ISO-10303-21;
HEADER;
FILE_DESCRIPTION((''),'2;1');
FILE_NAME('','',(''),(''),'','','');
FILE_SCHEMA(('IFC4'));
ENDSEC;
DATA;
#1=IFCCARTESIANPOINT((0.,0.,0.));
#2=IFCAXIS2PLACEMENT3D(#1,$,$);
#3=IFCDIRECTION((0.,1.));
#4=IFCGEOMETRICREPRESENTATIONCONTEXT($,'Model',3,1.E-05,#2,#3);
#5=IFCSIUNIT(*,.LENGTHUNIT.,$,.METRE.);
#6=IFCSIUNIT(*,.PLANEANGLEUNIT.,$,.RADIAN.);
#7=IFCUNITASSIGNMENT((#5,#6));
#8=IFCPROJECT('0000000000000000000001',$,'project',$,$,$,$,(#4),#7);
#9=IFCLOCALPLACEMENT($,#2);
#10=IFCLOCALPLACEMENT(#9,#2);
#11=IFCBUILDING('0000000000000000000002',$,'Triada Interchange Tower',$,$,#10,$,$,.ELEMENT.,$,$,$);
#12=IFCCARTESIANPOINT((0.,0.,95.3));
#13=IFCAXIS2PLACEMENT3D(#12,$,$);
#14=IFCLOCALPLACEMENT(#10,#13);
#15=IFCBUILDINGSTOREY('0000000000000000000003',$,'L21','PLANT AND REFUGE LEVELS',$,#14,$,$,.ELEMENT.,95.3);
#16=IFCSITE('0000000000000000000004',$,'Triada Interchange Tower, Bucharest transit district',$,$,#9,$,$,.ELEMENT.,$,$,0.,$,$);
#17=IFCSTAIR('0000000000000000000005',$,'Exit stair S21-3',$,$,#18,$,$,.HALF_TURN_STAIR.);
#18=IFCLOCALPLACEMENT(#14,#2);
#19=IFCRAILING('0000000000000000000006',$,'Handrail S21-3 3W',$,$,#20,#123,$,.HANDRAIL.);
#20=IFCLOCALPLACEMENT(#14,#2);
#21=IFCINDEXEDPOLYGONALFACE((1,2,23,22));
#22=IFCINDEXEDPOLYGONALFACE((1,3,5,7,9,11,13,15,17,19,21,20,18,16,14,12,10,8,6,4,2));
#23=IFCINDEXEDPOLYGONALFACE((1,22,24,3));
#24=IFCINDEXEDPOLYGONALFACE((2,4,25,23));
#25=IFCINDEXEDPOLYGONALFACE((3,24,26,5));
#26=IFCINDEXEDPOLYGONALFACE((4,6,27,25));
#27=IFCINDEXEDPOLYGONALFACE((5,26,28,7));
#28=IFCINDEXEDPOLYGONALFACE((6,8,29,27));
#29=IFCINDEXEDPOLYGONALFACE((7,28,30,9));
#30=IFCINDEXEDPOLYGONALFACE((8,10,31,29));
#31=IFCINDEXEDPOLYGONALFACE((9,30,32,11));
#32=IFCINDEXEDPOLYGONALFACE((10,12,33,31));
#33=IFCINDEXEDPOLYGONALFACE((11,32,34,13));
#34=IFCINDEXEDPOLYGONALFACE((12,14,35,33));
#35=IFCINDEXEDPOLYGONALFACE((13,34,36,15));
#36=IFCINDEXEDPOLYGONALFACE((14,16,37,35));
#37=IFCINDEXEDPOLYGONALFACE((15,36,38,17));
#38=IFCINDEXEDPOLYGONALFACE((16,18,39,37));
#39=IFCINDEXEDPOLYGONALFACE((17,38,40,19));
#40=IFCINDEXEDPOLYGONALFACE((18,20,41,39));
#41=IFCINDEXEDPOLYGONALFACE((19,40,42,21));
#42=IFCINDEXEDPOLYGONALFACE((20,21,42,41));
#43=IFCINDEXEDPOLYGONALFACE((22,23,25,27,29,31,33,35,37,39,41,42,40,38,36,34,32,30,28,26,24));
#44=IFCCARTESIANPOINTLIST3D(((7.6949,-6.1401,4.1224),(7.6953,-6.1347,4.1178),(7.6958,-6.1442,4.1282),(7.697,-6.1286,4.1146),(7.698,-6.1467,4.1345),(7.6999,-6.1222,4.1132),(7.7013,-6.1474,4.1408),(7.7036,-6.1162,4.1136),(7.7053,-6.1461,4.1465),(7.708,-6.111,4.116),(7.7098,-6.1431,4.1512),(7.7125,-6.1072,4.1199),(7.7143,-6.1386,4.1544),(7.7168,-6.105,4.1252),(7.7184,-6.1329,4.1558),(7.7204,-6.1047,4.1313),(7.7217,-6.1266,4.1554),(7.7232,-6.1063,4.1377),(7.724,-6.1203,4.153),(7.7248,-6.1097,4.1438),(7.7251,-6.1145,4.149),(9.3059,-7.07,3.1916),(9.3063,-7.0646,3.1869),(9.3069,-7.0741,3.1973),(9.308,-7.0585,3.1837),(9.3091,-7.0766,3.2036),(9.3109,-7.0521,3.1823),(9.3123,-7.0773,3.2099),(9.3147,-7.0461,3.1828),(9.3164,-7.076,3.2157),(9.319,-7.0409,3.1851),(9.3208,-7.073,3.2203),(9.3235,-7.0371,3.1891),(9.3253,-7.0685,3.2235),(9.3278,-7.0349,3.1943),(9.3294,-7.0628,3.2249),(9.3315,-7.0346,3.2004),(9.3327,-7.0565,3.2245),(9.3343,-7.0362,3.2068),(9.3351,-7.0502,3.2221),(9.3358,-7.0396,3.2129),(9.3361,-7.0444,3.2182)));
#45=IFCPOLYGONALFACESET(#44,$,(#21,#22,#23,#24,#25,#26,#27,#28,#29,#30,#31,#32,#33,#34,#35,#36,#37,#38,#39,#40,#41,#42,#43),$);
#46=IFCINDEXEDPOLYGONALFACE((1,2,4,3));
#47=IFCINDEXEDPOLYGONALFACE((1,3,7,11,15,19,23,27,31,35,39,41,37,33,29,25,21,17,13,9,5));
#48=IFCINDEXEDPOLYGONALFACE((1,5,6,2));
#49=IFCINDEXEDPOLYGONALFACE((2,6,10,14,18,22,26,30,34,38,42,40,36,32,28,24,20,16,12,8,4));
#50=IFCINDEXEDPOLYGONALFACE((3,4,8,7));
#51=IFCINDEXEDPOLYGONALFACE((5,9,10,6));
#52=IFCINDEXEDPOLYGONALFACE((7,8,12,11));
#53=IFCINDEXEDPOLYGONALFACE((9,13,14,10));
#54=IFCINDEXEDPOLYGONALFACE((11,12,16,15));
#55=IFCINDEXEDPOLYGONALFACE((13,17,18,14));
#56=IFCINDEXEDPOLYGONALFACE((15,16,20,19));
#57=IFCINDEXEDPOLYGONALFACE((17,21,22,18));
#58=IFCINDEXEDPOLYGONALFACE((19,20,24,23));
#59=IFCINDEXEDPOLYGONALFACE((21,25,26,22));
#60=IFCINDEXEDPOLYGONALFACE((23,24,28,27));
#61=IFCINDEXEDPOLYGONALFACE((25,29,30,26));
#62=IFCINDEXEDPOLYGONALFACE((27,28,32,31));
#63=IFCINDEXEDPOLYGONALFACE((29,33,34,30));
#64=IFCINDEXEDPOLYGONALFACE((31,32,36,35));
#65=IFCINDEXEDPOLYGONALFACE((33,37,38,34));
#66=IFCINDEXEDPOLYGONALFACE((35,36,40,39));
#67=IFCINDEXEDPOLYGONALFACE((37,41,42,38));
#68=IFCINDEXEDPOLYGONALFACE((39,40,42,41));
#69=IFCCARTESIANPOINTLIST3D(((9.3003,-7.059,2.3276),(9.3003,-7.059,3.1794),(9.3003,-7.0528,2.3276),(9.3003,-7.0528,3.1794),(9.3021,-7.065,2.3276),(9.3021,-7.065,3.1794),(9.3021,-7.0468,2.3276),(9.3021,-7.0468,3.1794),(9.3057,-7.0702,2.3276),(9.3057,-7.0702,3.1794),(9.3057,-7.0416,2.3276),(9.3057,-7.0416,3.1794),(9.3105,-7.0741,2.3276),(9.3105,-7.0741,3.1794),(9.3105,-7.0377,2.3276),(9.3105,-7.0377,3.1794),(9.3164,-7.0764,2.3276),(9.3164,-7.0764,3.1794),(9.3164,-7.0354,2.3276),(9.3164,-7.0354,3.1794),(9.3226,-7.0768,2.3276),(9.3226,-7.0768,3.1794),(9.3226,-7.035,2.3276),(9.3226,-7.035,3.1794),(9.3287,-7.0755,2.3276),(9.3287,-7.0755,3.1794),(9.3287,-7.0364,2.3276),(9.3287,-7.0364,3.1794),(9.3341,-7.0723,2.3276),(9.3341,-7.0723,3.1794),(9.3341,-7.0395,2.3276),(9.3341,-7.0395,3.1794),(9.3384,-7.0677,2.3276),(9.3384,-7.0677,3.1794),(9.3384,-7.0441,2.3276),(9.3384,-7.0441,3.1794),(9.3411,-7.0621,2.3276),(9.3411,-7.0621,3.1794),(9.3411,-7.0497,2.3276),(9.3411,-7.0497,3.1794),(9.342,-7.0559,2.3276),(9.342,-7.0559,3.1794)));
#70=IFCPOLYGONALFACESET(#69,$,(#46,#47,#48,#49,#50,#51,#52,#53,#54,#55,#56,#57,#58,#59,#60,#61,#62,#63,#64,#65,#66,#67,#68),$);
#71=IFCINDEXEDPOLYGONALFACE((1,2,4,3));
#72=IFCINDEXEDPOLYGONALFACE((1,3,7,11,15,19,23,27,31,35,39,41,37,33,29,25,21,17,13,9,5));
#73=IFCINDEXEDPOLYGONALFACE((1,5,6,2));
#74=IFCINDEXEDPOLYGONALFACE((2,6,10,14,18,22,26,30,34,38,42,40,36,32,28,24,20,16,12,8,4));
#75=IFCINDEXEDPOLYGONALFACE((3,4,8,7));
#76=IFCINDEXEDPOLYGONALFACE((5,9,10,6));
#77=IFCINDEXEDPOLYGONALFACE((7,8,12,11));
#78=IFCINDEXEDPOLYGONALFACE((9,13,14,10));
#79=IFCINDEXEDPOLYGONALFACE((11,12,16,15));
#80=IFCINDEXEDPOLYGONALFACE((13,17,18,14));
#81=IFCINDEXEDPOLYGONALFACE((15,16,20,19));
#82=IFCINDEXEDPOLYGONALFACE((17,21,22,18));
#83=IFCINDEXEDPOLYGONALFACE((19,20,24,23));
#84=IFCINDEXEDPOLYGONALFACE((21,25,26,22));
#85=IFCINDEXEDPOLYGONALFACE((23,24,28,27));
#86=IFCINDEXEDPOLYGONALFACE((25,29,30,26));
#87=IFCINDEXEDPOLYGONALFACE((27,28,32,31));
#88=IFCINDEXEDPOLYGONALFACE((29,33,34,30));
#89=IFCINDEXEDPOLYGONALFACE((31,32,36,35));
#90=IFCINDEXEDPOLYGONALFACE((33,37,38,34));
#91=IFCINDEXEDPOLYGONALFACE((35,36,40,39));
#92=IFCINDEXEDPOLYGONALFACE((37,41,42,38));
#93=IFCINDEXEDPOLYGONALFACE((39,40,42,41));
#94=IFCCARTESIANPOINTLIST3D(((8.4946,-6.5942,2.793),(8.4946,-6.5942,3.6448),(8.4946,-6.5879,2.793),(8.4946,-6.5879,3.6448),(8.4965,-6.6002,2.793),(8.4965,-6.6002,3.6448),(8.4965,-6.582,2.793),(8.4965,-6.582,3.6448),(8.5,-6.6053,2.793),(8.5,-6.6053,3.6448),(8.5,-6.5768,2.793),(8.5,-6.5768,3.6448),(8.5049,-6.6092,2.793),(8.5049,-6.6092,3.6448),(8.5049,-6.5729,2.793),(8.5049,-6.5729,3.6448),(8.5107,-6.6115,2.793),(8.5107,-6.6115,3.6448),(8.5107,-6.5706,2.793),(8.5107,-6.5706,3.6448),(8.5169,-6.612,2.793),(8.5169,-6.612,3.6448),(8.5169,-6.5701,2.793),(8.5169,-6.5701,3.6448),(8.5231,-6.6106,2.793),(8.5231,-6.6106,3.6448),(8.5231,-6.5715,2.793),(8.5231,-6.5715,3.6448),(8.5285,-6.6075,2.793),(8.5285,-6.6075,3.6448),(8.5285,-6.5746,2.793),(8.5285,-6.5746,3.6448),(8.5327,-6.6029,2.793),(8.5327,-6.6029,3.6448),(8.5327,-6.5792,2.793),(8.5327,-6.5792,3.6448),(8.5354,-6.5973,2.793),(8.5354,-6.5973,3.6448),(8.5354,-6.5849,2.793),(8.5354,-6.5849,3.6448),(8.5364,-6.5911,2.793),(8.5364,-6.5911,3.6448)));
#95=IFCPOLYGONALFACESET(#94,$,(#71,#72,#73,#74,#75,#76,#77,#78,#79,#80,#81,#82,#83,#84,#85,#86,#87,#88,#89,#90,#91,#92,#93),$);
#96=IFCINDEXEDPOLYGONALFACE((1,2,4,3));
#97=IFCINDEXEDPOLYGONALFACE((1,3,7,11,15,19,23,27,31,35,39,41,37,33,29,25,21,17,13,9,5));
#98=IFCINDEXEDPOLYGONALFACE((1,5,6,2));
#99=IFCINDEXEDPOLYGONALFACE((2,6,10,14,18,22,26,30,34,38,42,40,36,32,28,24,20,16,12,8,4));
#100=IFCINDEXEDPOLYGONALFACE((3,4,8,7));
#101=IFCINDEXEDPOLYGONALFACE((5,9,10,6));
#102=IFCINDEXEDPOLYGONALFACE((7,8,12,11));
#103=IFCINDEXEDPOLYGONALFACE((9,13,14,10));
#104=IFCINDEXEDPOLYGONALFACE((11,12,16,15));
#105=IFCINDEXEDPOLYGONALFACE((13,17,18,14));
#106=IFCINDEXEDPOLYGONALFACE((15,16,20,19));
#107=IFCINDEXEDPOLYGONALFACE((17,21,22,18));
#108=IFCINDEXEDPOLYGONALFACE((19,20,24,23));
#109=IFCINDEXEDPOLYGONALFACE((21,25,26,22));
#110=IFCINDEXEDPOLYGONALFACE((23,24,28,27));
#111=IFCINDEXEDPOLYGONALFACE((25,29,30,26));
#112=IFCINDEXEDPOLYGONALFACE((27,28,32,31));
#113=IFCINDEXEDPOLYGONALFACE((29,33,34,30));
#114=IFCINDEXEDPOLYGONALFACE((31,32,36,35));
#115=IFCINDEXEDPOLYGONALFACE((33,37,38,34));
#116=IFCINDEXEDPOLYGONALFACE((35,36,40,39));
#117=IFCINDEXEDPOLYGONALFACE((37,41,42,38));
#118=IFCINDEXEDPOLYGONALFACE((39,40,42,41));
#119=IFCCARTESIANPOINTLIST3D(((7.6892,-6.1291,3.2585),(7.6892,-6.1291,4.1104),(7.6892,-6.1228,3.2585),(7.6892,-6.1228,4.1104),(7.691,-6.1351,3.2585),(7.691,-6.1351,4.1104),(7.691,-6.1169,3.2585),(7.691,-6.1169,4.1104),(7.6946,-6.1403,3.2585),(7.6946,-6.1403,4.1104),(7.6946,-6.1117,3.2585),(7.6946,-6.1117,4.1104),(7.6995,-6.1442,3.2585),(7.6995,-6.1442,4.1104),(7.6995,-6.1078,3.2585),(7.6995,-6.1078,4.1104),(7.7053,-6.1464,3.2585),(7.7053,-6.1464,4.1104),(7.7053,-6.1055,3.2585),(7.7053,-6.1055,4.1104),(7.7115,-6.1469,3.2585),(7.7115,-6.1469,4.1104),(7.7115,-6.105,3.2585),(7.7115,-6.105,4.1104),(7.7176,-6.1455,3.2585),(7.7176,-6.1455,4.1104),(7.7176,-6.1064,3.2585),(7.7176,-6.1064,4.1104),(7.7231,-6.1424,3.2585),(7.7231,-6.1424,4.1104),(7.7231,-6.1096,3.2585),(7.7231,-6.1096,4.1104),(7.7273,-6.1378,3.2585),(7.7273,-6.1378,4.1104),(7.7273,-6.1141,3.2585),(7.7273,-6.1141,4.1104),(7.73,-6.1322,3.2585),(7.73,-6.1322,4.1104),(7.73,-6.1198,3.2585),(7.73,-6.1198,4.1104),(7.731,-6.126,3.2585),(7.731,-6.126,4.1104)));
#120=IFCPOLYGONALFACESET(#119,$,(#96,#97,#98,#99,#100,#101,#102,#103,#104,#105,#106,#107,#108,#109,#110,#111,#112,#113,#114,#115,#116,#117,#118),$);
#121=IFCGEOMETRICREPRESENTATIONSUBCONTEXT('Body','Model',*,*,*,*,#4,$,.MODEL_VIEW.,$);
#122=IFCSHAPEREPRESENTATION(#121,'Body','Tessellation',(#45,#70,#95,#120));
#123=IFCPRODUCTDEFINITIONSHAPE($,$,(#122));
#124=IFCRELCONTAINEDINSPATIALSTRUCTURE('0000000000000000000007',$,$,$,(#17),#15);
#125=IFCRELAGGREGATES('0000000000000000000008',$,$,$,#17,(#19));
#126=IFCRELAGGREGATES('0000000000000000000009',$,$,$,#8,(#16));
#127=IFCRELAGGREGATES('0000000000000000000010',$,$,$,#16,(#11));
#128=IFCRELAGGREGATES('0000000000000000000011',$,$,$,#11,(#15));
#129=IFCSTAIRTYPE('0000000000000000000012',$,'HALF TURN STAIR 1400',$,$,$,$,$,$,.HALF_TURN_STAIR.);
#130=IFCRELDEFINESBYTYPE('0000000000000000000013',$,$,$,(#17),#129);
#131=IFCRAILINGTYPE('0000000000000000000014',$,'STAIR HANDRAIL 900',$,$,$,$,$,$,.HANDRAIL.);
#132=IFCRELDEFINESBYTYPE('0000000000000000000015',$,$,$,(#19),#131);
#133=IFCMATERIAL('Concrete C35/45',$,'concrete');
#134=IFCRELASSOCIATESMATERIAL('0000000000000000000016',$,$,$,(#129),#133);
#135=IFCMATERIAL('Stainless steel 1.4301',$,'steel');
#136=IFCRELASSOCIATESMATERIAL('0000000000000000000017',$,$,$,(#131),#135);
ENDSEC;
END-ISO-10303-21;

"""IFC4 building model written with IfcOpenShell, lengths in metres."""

from ifc_helpers import new_model, si_unit, direction, frame, origin, origin_2d, place, context, subcontext, project, spatial, circle, extrude, material, type_object, element, aggregate, save


model = new_model("IFC4")

# Units and contexts
model_context = context("Model", 3, precision=1e-05, world=origin(), true_north=direction((0.0, 1.0)))
body_context = subcontext(model_context, "Body", "Model", "MODEL_VIEW")
ifc_project = project(units=[si_unit("LENGTHUNIT", "METRE"), si_unit("PLANEANGLEUNIT", "RADIAN")], contexts=[model_context])

# Site, building, storey
site_placement = place(None, origin())
site = spatial("IfcSite", under=ifc_project, at=site_placement, Name="Triada Interchange Tower, Bucharest transit district", CompositionType="ELEMENT", RefElevation=0.0)
building_placement = place(site_placement, origin())
building = spatial("IfcBuilding", under=site, at=building_placement, Name="Triada Interchange Tower", CompositionType="ELEMENT")
storey_placement = place(building_placement, frame((0.0, 0.0, 95.3)))
storey = spatial("IfcBuildingStorey", under=building, at=storey_placement, Name="L21", Description="PLANT AND REFUGE LEVELS", CompositionType="ELEMENT", Elevation=95.3)

# Shared definitions
ifc_material_1 = material(Name="Concrete C35/45", Category="concrete")

# Stair, railing
stair_type = type_object("IfcStairType", Name="HALF TURN STAIR 1400", PredefinedType="HALF_TURN_STAIR", material=ifc_material_1)
stair_placement = place(storey_placement, origin())
stair = element("IfcStair", 1, at=stair_placement, inside=storey, type_object=stair_type, Name="Exit stair S21-3", PredefinedType="HALF_TURN_STAIR")
ifc_material_2 = material(Name="Stainless steel 1.4301", Category="steel")
railing_type_1 = type_object("IfcRailingType", Name="STAIR HANDRAIL 900", PredefinedType="HANDRAIL", material=ifc_material_2)
railing_1_placement = place(storey_placement, frame((9.321, -7.0559, 2.3276)))
railing_1 = element("IfcRailing", 2, at=railing_1_placement, type_object=railing_type_1, Name="Handrail S21-3 3W", PredefinedType="HANDRAIL", context=body_context, shape_type="SweptSolid", body=[
    extrude(circle(Radius=0.0239, at=origin_2d()), frame((0.0, 0.0, 0.876), z_axis=(-0.77451, 0.447054, 0.447523), x_axis=(-0.499908, -0.866079, 0.0)), (0.0, 0.0, 1.0), 2.0801),
    extrude(circle(Radius=0.021, at=origin_2d()), origin(), (0.0, 0.0, 1.0), 0.8518),
    extrude(circle(Radius=0.021, at=origin_2d()), frame((-0.8057, 0.4648, 0.4653)), (0.0, 0.0, 1.0), 0.8518),
    extrude(circle(Radius=0.021, at=origin_2d()), frame((-1.6111, 0.9299, 0.9309)), (0.0, 0.0, 1.0), 0.8518),
])
aggregate(stair, [railing_1])

save(model, "model.ifc")
